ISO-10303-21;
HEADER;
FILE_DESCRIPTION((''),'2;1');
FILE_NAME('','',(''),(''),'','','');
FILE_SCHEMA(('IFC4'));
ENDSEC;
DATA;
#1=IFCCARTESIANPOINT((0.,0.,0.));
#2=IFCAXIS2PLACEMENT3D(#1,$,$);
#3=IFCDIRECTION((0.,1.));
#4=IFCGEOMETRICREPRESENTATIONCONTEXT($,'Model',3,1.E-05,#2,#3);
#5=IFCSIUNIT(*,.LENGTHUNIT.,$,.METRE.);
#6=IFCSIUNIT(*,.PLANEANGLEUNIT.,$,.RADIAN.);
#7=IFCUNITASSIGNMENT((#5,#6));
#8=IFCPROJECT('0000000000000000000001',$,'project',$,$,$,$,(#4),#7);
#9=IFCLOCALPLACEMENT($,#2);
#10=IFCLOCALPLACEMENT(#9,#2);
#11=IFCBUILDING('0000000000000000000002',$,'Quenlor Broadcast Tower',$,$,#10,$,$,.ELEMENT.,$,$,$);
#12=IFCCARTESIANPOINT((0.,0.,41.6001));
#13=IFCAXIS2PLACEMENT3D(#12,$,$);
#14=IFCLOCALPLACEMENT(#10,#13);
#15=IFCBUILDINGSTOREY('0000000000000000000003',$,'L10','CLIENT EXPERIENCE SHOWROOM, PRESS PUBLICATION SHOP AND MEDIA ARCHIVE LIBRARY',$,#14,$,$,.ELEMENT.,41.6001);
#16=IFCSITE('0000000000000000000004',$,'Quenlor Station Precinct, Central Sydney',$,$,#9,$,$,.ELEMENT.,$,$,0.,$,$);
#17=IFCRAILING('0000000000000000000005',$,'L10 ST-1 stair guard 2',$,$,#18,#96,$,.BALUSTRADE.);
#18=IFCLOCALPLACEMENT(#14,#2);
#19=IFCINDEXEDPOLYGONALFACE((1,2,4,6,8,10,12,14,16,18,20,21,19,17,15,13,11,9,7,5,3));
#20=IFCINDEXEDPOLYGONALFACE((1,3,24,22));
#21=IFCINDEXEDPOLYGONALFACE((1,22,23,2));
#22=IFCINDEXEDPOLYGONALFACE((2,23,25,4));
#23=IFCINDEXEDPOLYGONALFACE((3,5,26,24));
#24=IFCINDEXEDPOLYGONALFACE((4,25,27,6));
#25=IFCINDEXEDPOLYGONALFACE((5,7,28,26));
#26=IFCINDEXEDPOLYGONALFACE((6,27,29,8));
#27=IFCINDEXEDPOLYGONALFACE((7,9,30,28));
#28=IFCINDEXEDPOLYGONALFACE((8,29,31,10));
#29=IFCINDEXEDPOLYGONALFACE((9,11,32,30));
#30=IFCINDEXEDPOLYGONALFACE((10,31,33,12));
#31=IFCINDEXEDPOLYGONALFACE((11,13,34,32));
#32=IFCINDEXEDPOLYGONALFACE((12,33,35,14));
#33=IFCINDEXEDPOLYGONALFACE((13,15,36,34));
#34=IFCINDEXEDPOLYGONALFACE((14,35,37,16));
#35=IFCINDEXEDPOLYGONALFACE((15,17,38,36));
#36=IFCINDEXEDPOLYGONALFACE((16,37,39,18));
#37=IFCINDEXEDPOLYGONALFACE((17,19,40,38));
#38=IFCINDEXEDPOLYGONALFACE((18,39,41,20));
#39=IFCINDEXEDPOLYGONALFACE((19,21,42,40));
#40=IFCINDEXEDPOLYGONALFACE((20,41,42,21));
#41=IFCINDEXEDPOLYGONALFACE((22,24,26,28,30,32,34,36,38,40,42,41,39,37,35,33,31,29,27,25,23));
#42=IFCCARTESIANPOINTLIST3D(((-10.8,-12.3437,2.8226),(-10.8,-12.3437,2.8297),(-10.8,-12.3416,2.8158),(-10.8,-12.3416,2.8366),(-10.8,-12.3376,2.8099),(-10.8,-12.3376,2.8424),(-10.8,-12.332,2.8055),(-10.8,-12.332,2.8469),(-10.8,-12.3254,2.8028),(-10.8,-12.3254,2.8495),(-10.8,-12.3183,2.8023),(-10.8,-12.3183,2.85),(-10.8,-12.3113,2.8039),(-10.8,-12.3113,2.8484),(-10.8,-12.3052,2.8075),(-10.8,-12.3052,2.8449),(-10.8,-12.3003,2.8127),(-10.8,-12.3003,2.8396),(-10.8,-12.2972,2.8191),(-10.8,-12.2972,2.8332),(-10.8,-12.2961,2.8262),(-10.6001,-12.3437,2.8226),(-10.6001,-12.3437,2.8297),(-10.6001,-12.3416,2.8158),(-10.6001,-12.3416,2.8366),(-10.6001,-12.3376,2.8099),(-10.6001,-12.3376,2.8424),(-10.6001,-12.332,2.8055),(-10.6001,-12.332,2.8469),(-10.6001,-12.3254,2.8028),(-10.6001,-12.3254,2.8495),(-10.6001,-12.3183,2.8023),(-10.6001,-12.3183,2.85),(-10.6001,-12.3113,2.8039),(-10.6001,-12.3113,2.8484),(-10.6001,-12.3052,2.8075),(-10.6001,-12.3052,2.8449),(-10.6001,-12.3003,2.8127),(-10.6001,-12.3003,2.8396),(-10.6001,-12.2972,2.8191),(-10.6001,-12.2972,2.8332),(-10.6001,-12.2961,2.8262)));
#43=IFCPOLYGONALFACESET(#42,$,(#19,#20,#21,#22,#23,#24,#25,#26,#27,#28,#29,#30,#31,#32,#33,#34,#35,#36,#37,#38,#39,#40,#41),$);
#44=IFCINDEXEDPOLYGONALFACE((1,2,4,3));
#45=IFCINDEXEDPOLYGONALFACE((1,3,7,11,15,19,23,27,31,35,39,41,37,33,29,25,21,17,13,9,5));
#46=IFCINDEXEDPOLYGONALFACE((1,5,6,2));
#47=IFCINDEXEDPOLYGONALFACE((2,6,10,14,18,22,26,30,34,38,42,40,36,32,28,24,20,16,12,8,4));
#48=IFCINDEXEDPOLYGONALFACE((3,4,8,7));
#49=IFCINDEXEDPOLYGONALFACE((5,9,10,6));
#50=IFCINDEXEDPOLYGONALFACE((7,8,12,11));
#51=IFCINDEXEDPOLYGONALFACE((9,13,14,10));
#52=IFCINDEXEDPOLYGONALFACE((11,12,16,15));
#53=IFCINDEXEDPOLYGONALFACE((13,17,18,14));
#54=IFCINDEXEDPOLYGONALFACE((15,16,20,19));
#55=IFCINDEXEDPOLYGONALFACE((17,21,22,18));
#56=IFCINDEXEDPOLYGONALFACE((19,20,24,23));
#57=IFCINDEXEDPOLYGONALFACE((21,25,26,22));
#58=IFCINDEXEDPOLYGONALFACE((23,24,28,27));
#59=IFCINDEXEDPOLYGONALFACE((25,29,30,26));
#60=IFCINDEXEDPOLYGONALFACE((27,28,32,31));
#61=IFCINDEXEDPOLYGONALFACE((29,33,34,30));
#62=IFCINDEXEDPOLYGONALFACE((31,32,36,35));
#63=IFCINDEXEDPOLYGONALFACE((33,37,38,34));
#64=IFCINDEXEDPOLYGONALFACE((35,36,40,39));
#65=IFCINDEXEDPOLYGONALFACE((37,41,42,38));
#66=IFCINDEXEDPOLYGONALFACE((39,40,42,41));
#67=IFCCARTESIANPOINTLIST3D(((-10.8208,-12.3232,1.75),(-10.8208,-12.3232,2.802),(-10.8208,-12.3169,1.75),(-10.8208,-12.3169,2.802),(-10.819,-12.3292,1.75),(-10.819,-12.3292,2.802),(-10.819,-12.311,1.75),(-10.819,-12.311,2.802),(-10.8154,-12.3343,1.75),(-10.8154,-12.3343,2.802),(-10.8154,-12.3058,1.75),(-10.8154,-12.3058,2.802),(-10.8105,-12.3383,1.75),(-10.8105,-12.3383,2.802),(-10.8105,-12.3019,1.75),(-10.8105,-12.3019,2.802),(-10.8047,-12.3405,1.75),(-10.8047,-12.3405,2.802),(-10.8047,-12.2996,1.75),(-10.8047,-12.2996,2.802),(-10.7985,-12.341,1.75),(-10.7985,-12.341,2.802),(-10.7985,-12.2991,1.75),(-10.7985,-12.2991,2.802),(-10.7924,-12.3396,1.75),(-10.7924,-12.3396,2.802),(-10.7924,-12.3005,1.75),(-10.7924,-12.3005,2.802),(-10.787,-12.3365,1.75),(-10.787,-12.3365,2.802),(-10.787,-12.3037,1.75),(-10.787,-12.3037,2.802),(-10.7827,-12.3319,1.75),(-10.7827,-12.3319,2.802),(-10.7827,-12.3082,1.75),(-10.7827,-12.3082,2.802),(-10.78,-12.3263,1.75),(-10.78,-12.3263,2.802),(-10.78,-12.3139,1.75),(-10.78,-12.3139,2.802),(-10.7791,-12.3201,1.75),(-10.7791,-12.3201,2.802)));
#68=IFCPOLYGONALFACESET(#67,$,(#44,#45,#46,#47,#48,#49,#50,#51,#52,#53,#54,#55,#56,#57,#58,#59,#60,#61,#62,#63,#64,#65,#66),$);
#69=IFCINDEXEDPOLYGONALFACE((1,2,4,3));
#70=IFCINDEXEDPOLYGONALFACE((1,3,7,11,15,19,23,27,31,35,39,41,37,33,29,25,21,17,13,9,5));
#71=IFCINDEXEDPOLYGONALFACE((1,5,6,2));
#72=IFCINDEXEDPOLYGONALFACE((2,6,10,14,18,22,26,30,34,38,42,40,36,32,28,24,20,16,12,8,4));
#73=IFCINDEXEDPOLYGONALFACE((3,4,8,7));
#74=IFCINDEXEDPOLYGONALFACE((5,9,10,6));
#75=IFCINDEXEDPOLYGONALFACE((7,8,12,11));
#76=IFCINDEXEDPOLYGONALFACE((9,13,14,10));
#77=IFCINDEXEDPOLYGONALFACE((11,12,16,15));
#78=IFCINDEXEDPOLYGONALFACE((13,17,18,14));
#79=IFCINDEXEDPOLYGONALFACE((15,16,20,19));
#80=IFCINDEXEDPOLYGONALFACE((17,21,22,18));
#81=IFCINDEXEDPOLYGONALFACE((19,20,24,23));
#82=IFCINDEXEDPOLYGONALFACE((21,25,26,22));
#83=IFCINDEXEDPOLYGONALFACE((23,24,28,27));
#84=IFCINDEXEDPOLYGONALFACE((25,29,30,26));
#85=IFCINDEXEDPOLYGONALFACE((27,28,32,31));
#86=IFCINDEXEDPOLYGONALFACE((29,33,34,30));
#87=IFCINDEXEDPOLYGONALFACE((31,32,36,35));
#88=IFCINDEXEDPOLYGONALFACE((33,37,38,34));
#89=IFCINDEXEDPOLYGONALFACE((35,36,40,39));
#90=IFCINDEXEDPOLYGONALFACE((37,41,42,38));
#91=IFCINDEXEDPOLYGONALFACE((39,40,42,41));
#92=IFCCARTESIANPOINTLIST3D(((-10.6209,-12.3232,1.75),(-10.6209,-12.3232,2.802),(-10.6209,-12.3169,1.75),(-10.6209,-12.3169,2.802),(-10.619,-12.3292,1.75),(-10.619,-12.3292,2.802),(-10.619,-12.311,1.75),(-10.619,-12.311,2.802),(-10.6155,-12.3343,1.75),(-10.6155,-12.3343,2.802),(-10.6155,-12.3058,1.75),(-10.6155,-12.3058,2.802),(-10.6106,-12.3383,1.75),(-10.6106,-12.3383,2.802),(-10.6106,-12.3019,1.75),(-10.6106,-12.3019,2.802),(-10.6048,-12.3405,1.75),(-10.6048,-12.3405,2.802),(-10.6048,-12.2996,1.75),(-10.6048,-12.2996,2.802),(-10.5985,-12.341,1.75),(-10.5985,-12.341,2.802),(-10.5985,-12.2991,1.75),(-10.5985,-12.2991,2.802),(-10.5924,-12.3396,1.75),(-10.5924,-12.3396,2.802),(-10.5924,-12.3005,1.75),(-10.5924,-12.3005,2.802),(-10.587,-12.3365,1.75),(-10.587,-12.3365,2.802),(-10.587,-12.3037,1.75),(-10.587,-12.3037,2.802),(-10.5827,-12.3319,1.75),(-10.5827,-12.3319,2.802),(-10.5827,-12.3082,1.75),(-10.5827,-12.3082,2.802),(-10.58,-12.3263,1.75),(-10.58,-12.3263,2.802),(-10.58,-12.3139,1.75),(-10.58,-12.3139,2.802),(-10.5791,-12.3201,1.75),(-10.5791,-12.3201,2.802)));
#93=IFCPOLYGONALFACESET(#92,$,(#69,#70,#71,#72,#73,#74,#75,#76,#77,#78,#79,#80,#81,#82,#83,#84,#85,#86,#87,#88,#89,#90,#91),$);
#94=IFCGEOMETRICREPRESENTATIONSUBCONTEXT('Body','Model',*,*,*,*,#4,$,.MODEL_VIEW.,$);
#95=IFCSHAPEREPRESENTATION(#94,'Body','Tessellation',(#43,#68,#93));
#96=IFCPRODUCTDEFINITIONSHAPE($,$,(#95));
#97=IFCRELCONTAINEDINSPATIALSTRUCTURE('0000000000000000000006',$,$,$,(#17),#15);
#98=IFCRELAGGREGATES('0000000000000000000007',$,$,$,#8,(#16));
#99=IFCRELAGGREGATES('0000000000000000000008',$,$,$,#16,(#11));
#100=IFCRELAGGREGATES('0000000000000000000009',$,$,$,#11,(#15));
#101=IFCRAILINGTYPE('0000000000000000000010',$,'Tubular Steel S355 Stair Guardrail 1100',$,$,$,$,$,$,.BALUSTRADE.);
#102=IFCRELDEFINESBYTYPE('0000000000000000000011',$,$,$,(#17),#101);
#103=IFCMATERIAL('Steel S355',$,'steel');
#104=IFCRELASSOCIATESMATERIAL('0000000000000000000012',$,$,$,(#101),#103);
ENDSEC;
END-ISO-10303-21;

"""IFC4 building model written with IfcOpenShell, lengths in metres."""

from ifc_helpers import new_model, si_unit, direction, frame, origin, origin_2d, place, context, subcontext, project, spatial, circle, extrude, material, type_object, element, save


model = new_model("IFC4")

# Units and contexts
model_context = context("Model", 3, precision=1e-05, world=origin(), true_north=direction((0.0, 1.0)))
body_context = subcontext(model_context, "Body", "Model", "MODEL_VIEW")
ifc_project = project(units=[si_unit("LENGTHUNIT", "METRE"), si_unit("PLANEANGLEUNIT", "RADIAN")], contexts=[model_context])

# Site, building, storey
site_placement = place(None, origin())
site = spatial("IfcSite", under=ifc_project, at=site_placement, Name="Quenlor Station Precinct, Central Sydney", CompositionType="ELEMENT", RefElevation=0.0)
building_placement = place(site_placement, origin())
building = spatial("IfcBuilding", under=site, at=building_placement, Name="Quenlor Broadcast Tower", CompositionType="ELEMENT")
storey_placement = place(building_placement, frame((0.0, 0.0, 41.6001)))
storey = spatial("IfcBuildingStorey", under=building, at=storey_placement, Name="L10", Description="CLIENT EXPERIENCE SHOWROOM, PRESS PUBLICATION SHOP AND MEDIA ARCHIVE LIBRARY", CompositionType="ELEMENT", Elevation=41.6001)

# Railing
ifc_material_1 = material(Name="Steel S355", Category="steel")
railing_type = type_object("IfcRailingType", Name="Tubular Steel S355 Stair Guardrail 1100", PredefinedType="BALUSTRADE", material=ifc_material_1)
railing_1_placement = place(storey_placement, frame((-10.8, -12.3201, 1.75)))
element("IfcRailing", 1, at=railing_1_placement, inside=storey, type_object=railing_type, Name="L10 ST-1 stair guard 2", PredefinedType="BALUSTRADE", context=body_context, shape_type="SweptSolid", body=[
    extrude(circle(Radius=0.0239, at=origin_2d()), frame((0.0, 0.0, 1.0762), z_axis=(1.0, 0.0, 0.0), x_axis=(0.0, 1.0, 0.0)), (0.0, 0.0, 1.0), 0.2),
    extrude(circle(Radius=0.021, at=origin_2d()), origin(), (0.0, 0.0, 1.0), 1.052),
    extrude(circle(Radius=0.021, at=origin_2d()), frame((0.2, 0.0, 0.0)), (0.0, 0.0, 1.0), 1.052),
])

save(model, "model.ifc")
